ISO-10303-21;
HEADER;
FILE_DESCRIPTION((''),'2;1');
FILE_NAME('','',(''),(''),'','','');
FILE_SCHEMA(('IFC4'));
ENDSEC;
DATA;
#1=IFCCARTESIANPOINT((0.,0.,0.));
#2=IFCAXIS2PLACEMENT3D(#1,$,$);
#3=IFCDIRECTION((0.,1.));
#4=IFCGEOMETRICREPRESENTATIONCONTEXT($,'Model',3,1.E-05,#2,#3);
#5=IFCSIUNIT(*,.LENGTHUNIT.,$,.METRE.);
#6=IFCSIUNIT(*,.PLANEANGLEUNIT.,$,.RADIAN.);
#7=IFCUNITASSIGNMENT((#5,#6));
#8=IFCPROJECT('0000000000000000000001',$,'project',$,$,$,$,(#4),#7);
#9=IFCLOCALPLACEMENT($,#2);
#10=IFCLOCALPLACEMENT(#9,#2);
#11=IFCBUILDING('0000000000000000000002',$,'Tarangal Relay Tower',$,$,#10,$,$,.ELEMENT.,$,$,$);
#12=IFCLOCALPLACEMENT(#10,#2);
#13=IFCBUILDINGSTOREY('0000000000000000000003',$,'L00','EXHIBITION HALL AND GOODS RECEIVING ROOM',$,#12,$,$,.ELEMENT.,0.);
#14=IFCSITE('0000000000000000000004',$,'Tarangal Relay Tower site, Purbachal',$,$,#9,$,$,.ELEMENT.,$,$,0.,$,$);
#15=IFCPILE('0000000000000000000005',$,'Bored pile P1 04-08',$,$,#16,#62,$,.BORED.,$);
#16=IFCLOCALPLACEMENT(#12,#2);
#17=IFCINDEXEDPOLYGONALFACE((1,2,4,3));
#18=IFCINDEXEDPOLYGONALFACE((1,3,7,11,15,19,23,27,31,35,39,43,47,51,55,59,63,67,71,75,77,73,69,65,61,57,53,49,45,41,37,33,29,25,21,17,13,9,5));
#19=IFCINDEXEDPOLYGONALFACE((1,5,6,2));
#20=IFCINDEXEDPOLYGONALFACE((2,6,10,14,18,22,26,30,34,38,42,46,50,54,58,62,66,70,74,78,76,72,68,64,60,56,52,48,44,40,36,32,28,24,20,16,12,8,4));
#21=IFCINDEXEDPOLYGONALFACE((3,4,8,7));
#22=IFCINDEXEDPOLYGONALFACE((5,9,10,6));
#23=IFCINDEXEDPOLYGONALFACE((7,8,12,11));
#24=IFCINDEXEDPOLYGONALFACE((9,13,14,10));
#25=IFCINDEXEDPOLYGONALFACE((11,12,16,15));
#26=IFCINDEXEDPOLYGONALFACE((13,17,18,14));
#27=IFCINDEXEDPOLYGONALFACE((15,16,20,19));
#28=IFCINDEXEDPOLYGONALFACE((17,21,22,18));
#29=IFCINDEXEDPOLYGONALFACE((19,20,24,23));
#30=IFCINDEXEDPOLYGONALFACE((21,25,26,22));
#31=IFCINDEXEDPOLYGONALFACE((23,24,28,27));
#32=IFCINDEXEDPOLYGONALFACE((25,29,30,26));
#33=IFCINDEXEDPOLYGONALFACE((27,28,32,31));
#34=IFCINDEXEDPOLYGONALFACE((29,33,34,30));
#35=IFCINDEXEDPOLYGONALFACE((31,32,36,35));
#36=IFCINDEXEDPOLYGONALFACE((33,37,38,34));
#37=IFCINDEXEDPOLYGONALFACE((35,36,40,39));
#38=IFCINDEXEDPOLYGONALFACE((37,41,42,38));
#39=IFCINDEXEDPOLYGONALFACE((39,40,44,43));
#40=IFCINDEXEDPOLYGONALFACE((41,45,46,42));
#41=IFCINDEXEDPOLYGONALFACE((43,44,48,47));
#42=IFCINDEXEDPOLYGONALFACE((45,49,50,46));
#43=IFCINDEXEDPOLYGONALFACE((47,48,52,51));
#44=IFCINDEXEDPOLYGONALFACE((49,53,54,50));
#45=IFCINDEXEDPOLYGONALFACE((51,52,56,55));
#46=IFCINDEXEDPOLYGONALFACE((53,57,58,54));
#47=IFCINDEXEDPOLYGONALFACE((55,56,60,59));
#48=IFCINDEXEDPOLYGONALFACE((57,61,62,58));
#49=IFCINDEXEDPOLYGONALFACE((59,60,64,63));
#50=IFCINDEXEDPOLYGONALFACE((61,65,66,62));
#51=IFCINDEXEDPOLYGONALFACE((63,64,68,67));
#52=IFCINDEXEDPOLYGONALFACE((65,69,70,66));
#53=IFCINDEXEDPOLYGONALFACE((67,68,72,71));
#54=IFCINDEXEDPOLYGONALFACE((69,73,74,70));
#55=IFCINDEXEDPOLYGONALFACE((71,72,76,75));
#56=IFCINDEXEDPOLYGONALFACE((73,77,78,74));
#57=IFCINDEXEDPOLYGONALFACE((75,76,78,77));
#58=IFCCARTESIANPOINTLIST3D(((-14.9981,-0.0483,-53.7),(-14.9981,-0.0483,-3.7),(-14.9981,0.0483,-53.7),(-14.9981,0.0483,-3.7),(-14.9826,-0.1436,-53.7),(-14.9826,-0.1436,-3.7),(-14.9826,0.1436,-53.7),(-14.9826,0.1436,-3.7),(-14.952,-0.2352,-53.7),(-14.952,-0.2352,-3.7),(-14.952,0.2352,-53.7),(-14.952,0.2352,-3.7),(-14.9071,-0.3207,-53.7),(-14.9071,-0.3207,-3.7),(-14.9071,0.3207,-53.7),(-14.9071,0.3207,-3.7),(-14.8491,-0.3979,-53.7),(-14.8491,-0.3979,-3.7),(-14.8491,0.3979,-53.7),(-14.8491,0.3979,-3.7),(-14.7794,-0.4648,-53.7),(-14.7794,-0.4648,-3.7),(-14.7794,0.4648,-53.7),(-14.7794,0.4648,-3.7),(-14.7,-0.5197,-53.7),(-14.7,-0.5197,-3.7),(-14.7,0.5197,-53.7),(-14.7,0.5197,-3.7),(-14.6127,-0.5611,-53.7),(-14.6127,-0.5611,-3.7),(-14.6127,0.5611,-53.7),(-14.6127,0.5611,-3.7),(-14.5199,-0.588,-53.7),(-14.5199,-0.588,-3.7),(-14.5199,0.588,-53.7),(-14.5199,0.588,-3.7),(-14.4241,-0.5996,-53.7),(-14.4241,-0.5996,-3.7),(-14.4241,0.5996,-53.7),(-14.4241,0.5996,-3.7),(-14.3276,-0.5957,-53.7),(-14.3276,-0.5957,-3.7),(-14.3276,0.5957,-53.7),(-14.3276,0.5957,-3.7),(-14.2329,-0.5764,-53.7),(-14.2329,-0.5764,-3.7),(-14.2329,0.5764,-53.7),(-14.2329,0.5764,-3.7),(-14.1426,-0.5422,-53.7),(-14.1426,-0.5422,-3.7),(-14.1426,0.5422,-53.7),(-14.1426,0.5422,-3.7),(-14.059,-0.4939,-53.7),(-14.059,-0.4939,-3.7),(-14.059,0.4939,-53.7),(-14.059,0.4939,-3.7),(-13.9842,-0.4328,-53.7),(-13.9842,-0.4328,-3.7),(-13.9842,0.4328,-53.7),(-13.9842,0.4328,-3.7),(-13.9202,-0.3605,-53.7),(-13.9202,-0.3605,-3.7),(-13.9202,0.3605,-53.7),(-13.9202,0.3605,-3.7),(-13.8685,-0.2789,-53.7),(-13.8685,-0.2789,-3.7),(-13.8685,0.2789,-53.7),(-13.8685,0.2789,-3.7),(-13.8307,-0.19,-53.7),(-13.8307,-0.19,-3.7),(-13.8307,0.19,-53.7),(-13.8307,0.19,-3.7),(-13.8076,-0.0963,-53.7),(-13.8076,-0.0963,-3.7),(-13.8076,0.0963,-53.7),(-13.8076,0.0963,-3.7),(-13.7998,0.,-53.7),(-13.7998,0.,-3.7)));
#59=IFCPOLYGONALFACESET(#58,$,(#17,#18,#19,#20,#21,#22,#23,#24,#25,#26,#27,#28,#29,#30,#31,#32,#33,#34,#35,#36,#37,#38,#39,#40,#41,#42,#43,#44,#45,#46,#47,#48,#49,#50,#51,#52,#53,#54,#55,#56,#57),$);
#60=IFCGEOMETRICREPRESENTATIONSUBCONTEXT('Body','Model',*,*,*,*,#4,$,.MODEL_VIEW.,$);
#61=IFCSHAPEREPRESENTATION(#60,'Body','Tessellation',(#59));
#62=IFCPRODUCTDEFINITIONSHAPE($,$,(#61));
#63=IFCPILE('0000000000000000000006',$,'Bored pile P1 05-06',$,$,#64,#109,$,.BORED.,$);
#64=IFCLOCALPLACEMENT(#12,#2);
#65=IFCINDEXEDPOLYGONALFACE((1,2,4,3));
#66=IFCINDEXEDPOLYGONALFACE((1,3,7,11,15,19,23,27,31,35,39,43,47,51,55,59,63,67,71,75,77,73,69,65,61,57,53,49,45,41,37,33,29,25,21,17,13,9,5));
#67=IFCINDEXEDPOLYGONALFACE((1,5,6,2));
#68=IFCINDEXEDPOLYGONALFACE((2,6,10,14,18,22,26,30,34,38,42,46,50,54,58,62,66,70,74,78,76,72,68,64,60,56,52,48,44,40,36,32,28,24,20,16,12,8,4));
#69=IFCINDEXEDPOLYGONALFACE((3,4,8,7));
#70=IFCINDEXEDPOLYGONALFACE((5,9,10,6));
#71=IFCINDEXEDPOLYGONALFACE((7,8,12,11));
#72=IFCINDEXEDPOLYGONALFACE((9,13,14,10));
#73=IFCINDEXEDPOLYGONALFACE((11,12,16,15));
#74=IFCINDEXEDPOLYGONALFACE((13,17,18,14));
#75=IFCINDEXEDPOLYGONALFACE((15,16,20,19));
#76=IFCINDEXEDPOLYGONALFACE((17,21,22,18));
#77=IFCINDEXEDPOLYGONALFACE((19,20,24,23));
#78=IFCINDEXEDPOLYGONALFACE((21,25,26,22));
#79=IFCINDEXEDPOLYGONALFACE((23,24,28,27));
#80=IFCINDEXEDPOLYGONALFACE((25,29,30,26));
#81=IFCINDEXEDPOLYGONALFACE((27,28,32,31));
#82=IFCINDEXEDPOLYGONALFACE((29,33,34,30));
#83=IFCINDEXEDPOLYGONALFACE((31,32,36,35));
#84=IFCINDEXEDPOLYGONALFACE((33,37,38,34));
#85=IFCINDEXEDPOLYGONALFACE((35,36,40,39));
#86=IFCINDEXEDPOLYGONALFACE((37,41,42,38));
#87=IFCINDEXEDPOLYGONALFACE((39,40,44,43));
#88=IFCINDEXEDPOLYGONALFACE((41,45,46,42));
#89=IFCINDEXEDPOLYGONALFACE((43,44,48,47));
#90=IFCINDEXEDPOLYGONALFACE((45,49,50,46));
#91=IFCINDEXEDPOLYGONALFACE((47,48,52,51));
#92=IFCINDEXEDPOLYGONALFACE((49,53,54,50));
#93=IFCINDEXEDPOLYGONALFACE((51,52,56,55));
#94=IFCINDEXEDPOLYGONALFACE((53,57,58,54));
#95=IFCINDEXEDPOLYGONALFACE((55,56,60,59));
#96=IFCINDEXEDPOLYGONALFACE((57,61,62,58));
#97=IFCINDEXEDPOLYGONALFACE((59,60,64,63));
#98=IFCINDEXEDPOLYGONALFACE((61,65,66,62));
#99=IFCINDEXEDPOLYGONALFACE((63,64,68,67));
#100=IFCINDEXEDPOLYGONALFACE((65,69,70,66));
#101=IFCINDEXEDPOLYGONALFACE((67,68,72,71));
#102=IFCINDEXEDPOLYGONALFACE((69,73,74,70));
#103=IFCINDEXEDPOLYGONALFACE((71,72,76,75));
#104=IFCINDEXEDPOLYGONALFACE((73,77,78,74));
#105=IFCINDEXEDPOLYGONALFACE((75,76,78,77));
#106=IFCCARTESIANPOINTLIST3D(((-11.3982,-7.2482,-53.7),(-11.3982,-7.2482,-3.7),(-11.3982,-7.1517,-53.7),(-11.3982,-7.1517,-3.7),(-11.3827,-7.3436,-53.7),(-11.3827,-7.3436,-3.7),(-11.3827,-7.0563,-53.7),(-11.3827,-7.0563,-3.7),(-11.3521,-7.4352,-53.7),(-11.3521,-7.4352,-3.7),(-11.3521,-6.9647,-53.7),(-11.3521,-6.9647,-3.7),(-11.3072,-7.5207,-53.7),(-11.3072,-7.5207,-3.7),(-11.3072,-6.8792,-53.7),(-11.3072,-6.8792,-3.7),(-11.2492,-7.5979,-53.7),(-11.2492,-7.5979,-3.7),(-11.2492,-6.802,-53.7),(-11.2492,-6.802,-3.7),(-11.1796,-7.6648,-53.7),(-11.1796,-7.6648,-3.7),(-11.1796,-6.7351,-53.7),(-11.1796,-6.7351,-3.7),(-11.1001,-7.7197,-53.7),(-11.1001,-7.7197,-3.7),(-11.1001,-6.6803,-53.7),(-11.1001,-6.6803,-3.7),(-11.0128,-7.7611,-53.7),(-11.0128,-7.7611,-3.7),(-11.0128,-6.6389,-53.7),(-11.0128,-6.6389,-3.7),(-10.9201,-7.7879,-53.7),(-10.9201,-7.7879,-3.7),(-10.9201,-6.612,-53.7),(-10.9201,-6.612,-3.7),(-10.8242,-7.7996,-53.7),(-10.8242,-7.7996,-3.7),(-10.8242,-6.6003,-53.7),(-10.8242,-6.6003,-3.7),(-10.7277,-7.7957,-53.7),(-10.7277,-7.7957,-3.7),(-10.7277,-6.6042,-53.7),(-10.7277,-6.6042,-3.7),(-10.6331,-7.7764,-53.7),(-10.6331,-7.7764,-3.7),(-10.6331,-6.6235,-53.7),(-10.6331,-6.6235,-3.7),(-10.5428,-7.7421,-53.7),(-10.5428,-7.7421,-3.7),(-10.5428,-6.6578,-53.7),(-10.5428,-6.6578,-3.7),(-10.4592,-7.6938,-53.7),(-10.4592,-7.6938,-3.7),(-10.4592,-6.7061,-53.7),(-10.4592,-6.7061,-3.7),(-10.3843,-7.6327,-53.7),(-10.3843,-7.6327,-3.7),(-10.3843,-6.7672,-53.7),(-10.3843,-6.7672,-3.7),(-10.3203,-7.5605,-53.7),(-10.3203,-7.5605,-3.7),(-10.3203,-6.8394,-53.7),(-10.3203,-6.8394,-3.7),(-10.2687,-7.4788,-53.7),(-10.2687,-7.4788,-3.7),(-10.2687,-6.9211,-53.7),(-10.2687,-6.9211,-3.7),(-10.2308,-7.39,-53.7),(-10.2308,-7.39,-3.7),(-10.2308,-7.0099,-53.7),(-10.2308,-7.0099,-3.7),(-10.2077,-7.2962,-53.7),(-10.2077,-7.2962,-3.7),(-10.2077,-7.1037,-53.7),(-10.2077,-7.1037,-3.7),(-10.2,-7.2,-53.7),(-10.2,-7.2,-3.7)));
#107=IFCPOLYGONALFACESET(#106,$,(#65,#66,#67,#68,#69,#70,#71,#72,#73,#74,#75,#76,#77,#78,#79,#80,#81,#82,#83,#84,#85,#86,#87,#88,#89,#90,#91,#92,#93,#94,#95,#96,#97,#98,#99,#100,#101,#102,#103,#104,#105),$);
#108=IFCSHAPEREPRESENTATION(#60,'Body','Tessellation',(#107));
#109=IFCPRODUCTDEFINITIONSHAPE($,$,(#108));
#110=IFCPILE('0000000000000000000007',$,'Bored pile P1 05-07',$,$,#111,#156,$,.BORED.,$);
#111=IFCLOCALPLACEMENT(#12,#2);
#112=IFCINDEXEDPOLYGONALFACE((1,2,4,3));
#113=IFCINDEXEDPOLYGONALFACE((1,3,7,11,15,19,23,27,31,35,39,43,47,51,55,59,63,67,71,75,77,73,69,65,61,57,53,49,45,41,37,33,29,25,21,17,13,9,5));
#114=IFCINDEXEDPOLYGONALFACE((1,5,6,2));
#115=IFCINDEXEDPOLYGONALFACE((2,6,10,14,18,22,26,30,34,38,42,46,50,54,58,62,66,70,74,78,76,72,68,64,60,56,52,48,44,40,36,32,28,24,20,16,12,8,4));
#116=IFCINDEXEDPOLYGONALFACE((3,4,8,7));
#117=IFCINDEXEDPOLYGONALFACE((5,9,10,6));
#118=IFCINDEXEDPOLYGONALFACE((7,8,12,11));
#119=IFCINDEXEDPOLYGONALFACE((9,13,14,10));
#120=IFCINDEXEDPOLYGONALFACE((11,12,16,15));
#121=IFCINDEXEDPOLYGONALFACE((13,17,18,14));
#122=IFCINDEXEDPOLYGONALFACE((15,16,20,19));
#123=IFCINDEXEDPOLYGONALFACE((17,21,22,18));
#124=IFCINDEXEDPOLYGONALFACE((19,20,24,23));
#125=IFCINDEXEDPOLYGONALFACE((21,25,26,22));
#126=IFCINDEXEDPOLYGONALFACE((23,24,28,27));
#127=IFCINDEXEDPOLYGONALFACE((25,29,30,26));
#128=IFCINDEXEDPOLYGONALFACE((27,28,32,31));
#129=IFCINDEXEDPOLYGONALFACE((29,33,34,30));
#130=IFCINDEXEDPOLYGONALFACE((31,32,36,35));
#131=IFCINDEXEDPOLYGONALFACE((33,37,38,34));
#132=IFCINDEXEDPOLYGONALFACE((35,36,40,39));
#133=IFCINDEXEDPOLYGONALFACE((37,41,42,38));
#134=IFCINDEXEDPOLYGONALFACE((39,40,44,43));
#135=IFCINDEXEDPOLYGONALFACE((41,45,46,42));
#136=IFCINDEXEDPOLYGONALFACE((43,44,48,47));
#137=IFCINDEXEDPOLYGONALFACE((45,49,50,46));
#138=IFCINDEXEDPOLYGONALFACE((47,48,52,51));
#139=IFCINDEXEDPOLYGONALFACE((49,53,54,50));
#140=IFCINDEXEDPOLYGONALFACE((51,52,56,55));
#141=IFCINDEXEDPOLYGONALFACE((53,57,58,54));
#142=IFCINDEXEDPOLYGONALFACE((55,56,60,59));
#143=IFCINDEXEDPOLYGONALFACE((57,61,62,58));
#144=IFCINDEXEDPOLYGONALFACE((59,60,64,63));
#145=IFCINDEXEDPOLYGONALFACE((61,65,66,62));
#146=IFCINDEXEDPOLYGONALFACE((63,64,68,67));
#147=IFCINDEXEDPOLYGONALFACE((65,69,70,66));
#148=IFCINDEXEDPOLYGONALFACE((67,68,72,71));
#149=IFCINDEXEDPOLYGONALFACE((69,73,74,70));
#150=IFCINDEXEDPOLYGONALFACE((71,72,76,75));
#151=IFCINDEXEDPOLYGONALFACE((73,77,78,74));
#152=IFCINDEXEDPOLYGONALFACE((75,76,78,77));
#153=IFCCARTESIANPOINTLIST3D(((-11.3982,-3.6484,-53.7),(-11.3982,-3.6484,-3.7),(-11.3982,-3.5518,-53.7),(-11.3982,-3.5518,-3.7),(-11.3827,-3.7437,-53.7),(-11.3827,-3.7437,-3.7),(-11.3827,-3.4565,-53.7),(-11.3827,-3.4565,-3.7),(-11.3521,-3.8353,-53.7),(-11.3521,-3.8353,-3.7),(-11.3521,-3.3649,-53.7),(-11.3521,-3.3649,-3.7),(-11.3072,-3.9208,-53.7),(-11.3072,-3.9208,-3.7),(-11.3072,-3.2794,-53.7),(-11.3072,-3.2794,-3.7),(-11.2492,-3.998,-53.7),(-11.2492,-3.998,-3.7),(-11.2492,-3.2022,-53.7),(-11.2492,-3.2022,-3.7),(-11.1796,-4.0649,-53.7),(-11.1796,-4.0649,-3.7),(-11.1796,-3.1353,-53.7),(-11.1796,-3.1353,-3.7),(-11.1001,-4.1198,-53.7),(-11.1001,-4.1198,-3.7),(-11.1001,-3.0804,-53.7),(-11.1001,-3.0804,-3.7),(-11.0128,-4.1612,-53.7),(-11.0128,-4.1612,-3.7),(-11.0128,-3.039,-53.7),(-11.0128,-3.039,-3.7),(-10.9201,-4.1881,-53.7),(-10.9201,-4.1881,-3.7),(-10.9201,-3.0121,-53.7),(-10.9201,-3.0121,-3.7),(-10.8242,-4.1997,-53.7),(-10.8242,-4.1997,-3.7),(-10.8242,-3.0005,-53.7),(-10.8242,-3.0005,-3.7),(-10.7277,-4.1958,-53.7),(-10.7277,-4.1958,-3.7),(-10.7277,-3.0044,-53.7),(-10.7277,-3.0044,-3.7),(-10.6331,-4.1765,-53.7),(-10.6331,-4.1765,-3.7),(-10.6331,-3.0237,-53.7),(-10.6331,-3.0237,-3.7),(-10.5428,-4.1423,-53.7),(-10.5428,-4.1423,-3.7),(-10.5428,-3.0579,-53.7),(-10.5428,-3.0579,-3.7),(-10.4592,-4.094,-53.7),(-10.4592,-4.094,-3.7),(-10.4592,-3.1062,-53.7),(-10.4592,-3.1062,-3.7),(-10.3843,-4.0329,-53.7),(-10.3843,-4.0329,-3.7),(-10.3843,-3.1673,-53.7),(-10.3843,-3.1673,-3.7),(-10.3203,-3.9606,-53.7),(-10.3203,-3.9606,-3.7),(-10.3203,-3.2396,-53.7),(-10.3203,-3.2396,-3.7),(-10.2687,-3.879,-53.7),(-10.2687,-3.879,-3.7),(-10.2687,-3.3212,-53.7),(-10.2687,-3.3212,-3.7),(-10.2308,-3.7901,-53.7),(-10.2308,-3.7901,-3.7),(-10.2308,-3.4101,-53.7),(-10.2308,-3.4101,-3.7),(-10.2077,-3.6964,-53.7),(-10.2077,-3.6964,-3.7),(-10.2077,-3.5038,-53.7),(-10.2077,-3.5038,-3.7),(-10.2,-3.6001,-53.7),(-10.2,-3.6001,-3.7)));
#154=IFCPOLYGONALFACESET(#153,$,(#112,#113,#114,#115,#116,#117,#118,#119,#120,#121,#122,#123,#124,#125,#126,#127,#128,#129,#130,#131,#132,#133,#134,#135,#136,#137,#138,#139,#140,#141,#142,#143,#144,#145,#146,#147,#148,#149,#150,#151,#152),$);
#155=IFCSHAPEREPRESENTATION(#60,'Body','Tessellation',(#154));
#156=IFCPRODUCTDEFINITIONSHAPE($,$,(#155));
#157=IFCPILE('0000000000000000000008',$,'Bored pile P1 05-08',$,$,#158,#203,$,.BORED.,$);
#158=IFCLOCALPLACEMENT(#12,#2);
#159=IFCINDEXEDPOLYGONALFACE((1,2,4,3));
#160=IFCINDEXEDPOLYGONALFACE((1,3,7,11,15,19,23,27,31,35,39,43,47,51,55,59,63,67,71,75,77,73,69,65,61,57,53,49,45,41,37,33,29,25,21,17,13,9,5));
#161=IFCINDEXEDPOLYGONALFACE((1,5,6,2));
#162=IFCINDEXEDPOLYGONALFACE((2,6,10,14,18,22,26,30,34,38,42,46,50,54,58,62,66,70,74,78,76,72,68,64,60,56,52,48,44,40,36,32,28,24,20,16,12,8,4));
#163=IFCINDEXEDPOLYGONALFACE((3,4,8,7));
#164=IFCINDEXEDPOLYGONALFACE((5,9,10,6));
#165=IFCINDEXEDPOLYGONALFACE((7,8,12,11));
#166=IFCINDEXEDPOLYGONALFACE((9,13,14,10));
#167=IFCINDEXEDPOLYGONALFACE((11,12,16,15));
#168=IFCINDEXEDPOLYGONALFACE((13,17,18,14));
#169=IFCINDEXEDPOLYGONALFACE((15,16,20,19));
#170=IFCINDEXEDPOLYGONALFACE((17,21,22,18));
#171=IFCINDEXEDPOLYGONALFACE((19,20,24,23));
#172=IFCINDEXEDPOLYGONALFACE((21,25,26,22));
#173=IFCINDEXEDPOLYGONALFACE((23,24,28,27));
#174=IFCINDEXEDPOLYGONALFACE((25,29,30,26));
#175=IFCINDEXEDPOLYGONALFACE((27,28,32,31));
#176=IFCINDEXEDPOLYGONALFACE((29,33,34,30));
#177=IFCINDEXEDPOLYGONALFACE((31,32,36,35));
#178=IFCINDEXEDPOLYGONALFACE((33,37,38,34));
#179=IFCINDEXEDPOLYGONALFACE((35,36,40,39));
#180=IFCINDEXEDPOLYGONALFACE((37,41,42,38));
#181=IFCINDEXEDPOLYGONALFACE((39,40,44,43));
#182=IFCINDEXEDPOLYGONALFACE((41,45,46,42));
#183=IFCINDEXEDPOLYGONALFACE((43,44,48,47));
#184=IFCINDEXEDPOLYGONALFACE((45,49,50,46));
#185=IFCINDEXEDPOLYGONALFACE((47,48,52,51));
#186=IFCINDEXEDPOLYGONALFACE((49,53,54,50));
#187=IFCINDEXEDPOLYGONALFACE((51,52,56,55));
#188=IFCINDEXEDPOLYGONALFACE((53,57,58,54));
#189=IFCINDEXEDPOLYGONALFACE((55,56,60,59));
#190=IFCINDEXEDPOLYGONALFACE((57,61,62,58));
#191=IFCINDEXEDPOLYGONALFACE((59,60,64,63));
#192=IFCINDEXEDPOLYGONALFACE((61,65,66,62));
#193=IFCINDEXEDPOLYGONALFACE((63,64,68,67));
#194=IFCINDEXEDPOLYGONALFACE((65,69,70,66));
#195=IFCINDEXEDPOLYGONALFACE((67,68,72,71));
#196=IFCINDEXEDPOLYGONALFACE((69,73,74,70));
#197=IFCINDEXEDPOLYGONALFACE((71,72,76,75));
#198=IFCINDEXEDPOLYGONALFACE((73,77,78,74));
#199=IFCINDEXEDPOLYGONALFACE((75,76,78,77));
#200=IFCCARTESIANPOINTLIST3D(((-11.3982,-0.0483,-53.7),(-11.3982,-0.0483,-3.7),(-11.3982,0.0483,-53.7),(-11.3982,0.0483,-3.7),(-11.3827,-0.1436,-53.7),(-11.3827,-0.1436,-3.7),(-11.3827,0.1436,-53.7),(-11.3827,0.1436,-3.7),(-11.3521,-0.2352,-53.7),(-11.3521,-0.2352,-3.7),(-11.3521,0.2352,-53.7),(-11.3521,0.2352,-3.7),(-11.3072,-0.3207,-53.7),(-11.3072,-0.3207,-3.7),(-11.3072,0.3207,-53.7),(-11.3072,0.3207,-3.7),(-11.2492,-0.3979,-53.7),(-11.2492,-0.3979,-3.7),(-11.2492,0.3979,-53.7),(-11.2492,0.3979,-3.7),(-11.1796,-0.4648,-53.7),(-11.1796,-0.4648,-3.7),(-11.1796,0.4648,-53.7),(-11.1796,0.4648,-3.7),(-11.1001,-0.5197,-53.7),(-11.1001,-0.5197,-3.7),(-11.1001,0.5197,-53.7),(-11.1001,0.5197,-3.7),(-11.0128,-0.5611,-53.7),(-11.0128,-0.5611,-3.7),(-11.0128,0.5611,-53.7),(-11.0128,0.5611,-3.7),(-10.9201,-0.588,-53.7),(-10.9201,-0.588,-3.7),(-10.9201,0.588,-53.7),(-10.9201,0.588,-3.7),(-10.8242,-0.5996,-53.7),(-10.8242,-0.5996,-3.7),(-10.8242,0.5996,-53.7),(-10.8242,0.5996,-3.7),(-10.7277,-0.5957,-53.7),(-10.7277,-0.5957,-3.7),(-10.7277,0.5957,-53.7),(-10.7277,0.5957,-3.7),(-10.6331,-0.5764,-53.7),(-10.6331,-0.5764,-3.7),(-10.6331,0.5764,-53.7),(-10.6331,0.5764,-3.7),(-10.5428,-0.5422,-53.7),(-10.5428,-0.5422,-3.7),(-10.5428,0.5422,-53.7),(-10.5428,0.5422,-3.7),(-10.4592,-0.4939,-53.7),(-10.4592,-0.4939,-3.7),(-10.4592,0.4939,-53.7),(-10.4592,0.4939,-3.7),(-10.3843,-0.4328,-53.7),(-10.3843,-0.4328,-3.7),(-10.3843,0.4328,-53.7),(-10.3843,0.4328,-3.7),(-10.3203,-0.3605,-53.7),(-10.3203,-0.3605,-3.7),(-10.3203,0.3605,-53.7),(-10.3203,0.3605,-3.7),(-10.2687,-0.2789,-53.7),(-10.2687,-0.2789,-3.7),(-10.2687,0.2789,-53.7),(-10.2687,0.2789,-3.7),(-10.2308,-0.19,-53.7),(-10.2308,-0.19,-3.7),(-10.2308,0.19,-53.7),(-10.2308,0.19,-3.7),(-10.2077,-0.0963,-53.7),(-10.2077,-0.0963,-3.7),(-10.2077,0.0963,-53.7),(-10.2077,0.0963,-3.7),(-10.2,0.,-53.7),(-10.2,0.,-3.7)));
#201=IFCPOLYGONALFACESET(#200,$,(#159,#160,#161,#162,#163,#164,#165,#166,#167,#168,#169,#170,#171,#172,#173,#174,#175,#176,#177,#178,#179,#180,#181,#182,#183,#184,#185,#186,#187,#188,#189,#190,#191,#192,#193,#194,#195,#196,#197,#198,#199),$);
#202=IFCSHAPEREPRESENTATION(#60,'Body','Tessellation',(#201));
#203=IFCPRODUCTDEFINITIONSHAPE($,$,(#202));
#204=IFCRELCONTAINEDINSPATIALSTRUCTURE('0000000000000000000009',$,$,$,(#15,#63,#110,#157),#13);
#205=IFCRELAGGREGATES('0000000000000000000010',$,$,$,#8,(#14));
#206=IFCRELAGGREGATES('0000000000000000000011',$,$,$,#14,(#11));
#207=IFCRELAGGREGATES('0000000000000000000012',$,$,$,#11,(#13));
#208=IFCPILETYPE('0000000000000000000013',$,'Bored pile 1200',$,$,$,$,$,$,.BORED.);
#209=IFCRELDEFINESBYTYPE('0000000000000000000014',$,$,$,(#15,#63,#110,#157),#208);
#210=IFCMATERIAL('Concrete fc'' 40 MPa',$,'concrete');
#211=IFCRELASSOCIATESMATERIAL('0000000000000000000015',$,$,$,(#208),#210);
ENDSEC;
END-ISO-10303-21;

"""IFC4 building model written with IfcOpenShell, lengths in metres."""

from ifc_helpers import new_model, si_unit, direction, frame, origin, origin_2d, place, context, subcontext, project, spatial, circle, extrude, material, material_profile, profile_set, type_object, element, save


model = new_model("IFC4")

# Units and contexts
model_context = context("Model", 3, precision=1e-05, world=origin(), true_north=direction((0.0, 1.0)))
body_context = subcontext(model_context, "Body", "Model", "MODEL_VIEW")
ifc_project = project(units=[si_unit("LENGTHUNIT", "METRE"), si_unit("PLANEANGLEUNIT", "RADIAN")], contexts=[model_context])

# Site, building, storey
site_placement = place(None, origin())
site = spatial("IfcSite", under=ifc_project, at=site_placement, Name="Tarangal Relay Tower site, Purbachal", CompositionType="ELEMENT", RefElevation=0.0)
building_placement = place(site_placement, origin())
building = spatial("IfcBuilding", under=site, at=building_placement, Name="Tarangal Relay Tower", CompositionType="ELEMENT")
storey_placement = place(building_placement, origin())
storey = spatial("IfcBuildingStorey", under=building, at=storey_placement, Name="L00", Description="EXHIBITION HALL AND GOODS RECEIVING ROOM", CompositionType="ELEMENT", Elevation=0.0)

# Piles
ifc_material_1 = material(Name="Concrete fc' 40 MPa", Category="concrete")
ifc_material_profile = material_profile(ifc_material_1, circle(Radius=0.6001, at=origin_2d()), Name="D1200")
ifc_profile_set = profile_set([ifc_material_profile], Name="Concrete fc' 40 MPa")
pile_type = type_object("IfcPileType", Name="Bored pile 1200", PredefinedType="BORED", material=ifc_profile_set)
for number, where, z_axis, x_axis, name in (
    (1, (-14.3999, 0.0, -3.7), (0.0, 0.0, -1.0), (1.0, 0.0, 0.0), "Bored pile P1 04-08"),
    (2, (-10.8, -7.2, -3.7), (0.0, 0.0, -1.0), (1.0, 0.0, 0.0), "Bored pile P1 05-06"),
    (3, (-10.8, -3.6001, -3.7), (0.0, 0.0, -1.0), (1.0, 0.0, 0.0), "Bored pile P1 05-07"),
    (4, (-10.8, 0.0, -3.7), (0.0, 0.0, -1.0), (1.0, 0.0, 0.0), "Bored pile P1 05-08"),
):
    element("IfcPile", number, at=place(storey_placement, frame(where, z_axis=z_axis, x_axis=x_axis)), inside=storey, type_object=pile_type, Name=name, PredefinedType="BORED", context=body_context, shape_type="SweptSolid", body=[
        extrude(circle(Radius=0.6001, at=origin_2d()), origin(), (0.0, 0.0, 1.0), 50.0),
    ])

save(model, "model.ifc")
